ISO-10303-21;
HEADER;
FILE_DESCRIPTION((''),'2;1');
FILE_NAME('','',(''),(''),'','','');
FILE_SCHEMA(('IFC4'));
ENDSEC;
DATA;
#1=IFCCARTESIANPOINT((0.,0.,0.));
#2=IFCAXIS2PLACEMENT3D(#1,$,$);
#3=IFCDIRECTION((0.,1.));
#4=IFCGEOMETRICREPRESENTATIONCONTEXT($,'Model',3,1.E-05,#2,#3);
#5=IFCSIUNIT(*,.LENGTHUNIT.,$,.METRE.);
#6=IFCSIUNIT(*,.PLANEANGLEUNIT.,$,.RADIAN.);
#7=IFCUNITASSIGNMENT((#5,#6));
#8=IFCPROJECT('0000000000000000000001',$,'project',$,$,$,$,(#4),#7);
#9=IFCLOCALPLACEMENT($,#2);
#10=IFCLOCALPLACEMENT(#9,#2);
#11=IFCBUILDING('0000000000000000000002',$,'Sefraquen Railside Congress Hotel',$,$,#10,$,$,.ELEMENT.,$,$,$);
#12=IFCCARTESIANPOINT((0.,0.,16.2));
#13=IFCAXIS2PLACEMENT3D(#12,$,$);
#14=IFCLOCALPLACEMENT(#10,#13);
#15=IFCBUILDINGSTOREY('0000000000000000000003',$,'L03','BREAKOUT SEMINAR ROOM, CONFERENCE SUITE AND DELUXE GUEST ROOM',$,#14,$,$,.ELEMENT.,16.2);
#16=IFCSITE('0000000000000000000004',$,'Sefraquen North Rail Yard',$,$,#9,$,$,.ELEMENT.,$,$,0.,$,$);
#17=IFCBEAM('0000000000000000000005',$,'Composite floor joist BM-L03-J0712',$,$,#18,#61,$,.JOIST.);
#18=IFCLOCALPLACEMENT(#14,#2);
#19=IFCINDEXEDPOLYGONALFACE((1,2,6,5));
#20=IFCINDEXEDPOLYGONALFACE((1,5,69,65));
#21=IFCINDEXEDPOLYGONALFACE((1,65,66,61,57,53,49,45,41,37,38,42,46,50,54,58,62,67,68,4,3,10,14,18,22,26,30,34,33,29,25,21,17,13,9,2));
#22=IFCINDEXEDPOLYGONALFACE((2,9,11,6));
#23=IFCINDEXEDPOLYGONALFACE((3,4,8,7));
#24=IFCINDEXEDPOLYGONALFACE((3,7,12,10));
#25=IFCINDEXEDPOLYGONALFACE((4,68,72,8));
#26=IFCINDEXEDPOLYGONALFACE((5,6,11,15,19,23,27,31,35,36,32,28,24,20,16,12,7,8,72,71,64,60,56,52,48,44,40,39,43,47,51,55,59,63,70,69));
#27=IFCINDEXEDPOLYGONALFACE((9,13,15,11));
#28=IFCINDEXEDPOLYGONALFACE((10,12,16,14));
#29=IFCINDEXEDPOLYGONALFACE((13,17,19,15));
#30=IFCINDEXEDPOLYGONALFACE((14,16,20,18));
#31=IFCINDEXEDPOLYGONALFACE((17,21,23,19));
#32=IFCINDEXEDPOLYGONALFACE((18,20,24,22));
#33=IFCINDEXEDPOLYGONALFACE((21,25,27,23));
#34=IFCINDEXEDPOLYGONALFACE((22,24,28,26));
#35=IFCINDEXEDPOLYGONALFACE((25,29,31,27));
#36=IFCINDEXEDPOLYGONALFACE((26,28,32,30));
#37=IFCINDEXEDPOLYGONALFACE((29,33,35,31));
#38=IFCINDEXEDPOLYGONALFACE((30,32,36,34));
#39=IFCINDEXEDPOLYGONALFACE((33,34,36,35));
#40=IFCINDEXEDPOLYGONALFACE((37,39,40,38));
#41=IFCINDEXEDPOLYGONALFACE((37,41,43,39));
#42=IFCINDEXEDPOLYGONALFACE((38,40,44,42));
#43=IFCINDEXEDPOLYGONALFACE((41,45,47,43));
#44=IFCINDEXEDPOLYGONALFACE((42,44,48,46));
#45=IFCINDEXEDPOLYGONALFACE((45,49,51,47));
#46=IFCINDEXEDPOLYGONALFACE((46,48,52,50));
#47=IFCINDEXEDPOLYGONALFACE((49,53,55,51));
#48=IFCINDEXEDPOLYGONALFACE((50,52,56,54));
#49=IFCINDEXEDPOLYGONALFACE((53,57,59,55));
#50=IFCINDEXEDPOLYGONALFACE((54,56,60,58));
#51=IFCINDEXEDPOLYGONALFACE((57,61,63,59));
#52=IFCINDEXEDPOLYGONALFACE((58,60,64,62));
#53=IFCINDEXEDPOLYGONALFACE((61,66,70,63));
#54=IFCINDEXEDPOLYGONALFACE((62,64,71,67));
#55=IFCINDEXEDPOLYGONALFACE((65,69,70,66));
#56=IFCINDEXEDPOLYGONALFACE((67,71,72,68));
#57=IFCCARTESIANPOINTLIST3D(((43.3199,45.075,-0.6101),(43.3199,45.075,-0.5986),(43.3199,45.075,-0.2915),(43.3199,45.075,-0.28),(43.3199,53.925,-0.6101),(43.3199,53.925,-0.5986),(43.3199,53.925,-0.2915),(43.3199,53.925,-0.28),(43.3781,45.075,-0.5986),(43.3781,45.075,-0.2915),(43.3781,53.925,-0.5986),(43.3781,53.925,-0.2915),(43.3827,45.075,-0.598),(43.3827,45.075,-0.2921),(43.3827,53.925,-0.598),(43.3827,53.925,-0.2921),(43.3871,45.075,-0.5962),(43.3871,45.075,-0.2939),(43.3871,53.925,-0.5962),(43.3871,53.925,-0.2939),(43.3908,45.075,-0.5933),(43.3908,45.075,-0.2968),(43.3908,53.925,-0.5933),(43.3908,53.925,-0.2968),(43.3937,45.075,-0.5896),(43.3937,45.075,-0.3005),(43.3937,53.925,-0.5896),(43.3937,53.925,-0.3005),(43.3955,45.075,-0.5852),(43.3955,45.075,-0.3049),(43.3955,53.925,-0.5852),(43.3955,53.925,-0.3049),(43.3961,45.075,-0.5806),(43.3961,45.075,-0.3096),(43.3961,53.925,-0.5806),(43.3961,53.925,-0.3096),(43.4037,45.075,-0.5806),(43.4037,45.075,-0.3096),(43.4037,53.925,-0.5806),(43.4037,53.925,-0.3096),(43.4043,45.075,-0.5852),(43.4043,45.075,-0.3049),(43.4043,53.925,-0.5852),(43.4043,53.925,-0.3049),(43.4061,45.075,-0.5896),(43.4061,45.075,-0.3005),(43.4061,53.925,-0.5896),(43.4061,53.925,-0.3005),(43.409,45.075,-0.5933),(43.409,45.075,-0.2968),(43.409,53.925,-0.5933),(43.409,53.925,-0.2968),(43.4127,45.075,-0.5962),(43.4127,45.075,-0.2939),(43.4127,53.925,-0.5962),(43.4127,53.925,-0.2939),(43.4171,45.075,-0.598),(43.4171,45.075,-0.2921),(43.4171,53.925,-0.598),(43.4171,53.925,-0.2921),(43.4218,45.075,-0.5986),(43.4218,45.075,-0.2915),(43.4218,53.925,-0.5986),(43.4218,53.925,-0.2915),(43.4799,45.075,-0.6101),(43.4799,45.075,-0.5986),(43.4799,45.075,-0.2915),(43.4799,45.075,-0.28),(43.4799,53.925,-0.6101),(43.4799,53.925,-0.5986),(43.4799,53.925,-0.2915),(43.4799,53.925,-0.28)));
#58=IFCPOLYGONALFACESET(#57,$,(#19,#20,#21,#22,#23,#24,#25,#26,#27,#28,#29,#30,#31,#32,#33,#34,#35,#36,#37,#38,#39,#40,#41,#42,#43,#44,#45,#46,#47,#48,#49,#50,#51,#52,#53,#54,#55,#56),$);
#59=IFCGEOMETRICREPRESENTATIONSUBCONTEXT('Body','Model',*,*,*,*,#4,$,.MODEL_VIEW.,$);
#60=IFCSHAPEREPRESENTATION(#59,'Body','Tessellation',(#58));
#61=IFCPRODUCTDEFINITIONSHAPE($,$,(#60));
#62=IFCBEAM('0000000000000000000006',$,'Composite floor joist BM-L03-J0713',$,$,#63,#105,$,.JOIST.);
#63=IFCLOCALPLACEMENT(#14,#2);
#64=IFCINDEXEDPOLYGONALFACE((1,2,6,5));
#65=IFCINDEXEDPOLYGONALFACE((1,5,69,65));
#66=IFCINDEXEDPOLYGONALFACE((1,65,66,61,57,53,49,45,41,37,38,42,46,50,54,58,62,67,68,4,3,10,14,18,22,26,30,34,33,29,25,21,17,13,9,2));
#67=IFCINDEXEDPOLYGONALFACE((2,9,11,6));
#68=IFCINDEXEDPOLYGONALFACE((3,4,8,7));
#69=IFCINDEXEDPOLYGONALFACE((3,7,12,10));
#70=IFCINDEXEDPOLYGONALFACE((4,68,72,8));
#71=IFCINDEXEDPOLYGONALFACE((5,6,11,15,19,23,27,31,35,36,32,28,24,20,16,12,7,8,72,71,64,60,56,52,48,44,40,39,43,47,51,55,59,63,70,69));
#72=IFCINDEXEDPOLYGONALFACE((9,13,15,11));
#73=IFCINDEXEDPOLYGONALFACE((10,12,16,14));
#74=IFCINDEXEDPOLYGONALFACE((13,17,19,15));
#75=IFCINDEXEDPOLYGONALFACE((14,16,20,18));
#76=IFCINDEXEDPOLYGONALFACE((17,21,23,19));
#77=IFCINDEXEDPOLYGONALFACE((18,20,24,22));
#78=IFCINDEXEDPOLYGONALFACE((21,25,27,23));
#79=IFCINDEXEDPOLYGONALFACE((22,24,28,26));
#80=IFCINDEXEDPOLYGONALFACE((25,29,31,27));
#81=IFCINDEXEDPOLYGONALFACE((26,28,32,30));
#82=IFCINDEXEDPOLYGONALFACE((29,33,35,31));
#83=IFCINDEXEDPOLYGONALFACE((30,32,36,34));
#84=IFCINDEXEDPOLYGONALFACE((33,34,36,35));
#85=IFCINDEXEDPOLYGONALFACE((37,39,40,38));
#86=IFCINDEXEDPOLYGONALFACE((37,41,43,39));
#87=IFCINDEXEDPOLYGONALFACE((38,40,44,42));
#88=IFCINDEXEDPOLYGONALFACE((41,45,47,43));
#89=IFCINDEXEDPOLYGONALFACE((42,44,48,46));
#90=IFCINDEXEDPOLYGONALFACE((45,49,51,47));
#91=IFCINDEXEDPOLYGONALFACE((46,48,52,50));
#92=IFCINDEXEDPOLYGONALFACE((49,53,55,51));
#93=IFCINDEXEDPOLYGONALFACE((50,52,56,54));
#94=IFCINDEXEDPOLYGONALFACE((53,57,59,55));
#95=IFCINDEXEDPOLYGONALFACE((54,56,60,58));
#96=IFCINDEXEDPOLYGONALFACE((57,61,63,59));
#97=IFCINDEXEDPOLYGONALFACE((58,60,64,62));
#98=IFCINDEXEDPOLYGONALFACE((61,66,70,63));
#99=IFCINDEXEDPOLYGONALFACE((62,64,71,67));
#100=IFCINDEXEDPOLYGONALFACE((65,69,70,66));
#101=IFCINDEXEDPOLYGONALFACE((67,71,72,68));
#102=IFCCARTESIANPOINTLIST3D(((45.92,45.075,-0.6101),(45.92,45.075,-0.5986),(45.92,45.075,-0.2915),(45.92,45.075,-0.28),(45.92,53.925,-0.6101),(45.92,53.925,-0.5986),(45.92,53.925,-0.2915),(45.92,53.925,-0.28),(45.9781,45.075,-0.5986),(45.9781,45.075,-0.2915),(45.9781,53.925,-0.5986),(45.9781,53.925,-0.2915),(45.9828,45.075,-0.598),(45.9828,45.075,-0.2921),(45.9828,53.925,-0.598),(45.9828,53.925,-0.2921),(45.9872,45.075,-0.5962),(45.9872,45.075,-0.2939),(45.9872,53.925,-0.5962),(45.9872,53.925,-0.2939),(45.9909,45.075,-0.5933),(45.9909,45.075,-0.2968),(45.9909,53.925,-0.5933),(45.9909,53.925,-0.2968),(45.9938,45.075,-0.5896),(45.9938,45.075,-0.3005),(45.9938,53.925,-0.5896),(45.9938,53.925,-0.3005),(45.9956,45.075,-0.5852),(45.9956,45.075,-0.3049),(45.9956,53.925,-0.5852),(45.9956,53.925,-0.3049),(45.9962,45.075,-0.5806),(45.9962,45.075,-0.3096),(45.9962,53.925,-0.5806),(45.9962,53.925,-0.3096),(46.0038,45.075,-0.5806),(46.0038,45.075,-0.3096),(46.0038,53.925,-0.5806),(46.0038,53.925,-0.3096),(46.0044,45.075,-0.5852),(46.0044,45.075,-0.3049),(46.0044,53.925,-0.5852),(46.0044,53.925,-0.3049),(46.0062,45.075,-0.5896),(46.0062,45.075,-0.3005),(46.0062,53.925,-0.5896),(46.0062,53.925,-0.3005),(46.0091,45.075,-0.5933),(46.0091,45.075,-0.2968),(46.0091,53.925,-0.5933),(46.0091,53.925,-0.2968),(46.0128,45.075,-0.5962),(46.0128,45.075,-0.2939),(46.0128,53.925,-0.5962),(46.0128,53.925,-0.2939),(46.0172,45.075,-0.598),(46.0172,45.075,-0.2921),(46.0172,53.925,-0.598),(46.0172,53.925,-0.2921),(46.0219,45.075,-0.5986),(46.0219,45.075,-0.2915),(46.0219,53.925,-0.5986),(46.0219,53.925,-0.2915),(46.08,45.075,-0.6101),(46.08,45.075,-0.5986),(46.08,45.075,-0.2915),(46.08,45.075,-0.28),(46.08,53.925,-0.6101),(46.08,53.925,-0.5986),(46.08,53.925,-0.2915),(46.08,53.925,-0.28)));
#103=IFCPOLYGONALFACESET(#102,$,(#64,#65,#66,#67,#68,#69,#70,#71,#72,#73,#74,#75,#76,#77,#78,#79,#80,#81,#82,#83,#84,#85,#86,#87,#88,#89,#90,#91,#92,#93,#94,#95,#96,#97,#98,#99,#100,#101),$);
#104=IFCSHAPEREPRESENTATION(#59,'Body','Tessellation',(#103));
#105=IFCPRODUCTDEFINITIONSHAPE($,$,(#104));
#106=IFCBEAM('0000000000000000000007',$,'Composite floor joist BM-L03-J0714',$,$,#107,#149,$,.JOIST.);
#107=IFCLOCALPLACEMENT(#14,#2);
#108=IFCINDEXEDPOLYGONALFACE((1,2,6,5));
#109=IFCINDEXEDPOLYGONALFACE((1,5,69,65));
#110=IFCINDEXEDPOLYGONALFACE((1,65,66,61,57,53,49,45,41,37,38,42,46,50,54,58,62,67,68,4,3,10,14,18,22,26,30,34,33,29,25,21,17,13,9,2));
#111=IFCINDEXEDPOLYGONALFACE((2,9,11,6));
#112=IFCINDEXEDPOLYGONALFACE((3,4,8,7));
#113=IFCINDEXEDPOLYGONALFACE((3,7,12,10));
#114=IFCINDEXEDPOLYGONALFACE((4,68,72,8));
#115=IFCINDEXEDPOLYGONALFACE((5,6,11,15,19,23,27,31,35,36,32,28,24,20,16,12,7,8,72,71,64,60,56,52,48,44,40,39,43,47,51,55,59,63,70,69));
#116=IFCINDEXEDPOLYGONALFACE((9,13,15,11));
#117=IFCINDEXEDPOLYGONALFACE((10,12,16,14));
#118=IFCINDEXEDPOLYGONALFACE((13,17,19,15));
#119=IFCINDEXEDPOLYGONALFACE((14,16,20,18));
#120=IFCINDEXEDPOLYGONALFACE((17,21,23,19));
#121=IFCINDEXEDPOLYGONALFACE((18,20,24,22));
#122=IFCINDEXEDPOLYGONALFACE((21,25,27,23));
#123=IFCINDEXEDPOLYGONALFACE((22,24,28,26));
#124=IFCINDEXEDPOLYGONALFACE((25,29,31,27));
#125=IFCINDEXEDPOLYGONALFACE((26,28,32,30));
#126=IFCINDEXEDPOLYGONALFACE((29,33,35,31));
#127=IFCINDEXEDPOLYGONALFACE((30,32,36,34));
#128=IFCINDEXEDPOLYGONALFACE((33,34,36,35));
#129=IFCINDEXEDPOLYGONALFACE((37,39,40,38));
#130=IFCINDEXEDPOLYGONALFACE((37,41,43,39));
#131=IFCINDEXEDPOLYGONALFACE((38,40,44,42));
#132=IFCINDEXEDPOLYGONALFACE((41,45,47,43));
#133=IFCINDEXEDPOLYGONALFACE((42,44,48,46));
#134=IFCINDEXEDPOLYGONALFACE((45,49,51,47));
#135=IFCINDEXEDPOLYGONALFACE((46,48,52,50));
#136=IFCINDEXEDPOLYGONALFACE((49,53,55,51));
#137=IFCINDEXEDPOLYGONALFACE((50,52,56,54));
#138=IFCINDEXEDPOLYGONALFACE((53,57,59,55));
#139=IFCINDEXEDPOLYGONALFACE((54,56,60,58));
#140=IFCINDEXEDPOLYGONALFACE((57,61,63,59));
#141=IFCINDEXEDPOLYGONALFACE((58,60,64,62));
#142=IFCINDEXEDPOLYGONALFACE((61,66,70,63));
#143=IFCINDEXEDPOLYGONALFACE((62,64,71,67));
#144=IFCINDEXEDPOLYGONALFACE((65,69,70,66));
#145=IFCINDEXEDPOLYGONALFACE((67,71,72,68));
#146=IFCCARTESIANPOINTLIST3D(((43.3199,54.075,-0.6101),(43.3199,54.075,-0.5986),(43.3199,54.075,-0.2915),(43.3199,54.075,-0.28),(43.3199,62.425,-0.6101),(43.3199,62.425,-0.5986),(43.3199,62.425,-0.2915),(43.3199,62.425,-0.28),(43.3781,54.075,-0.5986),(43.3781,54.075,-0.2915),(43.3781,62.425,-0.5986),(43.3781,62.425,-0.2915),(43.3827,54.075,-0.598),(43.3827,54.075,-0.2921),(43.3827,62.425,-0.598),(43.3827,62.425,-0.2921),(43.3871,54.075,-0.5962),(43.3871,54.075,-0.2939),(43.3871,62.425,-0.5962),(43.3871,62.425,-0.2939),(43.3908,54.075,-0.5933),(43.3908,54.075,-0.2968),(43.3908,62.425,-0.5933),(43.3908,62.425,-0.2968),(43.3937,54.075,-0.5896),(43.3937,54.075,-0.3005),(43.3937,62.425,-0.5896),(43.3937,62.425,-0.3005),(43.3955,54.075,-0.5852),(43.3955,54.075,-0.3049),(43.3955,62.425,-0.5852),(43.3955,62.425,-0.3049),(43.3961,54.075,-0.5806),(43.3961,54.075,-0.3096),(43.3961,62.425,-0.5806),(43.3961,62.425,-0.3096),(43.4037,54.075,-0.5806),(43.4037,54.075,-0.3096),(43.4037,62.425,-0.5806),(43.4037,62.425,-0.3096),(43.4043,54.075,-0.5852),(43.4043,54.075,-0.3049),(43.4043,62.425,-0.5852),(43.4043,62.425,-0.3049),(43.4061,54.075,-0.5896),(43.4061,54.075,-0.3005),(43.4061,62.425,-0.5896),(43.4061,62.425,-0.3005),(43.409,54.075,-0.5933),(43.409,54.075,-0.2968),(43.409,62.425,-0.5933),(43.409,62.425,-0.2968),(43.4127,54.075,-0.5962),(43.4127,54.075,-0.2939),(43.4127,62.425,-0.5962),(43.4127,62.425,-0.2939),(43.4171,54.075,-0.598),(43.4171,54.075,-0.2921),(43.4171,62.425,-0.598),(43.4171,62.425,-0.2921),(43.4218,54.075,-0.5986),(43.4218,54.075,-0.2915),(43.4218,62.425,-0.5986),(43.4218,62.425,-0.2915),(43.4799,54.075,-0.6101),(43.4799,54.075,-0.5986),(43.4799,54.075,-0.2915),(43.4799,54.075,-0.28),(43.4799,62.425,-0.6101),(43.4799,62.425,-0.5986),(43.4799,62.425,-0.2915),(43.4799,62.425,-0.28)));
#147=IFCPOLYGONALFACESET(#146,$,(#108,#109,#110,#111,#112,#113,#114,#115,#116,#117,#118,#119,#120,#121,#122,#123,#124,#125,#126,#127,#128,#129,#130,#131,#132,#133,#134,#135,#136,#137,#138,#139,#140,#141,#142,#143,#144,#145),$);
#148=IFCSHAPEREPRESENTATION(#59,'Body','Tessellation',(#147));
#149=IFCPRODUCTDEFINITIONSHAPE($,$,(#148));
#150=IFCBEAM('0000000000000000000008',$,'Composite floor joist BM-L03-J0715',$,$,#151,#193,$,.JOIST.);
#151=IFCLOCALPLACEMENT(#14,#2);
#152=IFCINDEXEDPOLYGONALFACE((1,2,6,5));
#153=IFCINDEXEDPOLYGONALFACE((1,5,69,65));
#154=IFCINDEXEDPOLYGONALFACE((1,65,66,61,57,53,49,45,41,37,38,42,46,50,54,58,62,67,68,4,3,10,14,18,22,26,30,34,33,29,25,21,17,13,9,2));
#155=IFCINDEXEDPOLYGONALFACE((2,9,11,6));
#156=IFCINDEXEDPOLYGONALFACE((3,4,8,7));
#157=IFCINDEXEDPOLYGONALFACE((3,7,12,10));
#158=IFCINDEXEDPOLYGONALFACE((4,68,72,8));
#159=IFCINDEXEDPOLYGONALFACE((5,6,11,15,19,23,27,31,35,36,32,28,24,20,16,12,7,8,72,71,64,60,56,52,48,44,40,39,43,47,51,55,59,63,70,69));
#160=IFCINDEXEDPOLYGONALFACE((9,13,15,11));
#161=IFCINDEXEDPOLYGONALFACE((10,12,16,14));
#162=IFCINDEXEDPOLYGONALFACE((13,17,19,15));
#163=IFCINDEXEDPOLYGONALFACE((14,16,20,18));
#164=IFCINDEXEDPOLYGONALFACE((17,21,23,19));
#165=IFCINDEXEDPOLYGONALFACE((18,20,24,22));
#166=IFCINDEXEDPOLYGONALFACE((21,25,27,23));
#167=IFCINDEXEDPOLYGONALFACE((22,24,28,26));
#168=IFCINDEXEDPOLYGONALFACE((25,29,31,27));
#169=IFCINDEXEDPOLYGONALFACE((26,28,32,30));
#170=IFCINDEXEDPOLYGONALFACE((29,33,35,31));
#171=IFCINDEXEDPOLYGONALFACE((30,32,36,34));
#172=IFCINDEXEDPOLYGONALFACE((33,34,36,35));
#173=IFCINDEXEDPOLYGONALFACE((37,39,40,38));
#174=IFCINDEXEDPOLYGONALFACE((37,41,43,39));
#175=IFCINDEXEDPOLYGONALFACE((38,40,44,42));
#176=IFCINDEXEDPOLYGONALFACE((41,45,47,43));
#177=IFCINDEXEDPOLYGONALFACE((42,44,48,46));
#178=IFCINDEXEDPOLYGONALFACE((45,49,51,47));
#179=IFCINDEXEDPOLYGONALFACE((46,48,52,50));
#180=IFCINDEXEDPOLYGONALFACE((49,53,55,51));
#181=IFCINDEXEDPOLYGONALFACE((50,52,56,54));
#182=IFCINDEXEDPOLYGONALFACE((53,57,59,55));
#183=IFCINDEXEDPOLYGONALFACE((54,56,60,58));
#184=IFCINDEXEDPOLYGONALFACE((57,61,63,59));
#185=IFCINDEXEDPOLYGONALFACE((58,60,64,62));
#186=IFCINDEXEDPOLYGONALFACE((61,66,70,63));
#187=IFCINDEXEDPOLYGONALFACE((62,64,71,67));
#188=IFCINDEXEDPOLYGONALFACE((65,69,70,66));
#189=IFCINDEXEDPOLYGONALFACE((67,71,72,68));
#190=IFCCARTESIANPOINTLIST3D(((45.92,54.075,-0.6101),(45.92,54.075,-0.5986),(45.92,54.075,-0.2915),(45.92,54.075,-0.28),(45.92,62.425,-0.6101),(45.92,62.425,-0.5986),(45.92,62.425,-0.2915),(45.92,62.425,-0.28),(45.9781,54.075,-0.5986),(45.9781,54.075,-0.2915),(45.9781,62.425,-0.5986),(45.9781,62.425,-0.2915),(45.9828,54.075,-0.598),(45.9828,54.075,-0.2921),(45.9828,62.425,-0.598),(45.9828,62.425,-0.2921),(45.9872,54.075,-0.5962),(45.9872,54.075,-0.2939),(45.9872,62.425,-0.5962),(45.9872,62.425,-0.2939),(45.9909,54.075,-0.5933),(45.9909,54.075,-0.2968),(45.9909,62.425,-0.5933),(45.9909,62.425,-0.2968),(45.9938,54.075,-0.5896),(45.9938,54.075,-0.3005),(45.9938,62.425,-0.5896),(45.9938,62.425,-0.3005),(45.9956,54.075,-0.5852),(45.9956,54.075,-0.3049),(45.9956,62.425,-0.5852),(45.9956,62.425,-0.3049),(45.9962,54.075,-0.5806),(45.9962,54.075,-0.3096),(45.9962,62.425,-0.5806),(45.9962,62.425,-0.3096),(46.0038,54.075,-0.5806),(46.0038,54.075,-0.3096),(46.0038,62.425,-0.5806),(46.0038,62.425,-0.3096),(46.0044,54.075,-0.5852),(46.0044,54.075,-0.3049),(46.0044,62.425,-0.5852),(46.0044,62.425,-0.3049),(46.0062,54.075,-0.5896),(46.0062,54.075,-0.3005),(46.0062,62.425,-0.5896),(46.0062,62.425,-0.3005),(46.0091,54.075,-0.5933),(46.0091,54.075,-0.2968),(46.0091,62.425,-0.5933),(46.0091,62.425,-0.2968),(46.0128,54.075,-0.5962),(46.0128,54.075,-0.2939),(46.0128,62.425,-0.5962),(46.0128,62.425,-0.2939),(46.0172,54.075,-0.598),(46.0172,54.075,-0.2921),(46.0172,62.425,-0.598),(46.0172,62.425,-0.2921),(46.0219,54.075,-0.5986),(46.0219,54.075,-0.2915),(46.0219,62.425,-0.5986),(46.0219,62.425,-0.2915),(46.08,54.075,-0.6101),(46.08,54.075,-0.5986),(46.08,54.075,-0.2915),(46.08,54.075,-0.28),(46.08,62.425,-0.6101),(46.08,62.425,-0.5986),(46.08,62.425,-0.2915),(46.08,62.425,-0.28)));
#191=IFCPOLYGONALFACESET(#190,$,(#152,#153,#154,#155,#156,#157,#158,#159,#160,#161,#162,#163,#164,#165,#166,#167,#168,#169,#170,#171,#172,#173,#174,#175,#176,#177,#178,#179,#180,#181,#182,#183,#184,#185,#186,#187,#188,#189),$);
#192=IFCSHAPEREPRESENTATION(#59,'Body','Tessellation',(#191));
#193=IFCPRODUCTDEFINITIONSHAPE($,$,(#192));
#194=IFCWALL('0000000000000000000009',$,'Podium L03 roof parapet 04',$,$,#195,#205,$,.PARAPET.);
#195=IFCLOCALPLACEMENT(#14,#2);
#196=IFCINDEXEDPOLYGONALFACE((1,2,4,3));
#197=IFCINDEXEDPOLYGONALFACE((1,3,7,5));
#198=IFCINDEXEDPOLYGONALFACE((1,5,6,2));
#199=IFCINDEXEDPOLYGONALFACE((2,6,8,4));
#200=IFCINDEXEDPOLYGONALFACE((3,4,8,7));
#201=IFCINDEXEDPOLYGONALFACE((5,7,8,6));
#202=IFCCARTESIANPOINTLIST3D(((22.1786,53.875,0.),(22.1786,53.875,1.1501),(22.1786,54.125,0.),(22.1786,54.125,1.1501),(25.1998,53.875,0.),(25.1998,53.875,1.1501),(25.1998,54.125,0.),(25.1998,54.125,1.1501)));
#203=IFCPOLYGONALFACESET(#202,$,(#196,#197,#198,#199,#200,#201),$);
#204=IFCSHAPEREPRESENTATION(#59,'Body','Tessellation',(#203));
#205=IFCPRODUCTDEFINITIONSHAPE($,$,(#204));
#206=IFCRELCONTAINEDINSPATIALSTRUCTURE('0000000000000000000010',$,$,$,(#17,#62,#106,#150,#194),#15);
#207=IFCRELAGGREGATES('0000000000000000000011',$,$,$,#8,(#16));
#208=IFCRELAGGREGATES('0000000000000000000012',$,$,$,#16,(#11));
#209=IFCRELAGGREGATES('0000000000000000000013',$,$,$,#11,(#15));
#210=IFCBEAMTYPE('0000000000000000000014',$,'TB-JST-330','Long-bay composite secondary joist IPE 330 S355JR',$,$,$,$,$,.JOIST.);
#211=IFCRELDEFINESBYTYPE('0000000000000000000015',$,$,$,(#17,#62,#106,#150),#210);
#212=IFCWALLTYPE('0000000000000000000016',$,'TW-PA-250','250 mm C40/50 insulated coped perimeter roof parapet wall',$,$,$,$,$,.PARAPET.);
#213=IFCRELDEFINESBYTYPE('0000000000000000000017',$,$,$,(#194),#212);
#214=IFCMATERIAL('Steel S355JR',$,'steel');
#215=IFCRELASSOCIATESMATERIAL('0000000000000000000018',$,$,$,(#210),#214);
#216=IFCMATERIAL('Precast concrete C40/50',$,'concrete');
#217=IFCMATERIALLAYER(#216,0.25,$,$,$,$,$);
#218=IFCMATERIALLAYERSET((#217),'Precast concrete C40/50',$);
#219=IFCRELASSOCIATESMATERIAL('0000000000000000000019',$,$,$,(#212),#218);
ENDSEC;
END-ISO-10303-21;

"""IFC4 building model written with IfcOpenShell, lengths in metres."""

from ifc_helpers import new_model, si_unit, direction, frame, frame_2d, origin, origin_2d, place, context, subcontext, project, spatial, rectangle, i_section, extrude, material, layer, layer_set, material_profile, profile_set, type_object, element, save


model = new_model("IFC4")

# Units and contexts
model_context = context("Model", 3, precision=1e-05, world=origin(), true_north=direction((0.0, 1.0)))
body_context = subcontext(model_context, "Body", "Model", "MODEL_VIEW")
ifc_project = project(units=[si_unit("LENGTHUNIT", "METRE"), si_unit("PLANEANGLEUNIT", "RADIAN")], contexts=[model_context])

# Site, building, storey
site_placement = place(None, origin())
site = spatial("IfcSite", under=ifc_project, at=site_placement, Name="Sefraquen North Rail Yard", CompositionType="ELEMENT", RefElevation=0.0)
building_placement = place(site_placement, origin())
building = spatial("IfcBuilding", under=site, at=building_placement, Name="Sefraquen Railside Congress Hotel", CompositionType="ELEMENT")
storey_placement = place(building_placement, frame((0.0, 0.0, 16.2)))
storey = spatial("IfcBuildingStorey", under=building, at=storey_placement, Name="L03", Description="BREAKOUT SEMINAR ROOM, CONFERENCE SUITE AND DELUXE GUEST ROOM", CompositionType="ELEMENT", Elevation=16.2)

# Beams
ifc_material_1 = material(Name="Steel S355JR", Category="steel")
ifc_material_profile_1 = material_profile(ifc_material_1, i_section(OverallWidth=0.1599, OverallDepth=0.3301, WebThickness=0.0076, FlangeThickness=0.0115, FilletRadius=0.0181, at=origin_2d()), Name="IPE 330")
ifc_profile_set_1 = profile_set([ifc_material_profile_1], Name="Steel S355JR")
beam_type_1 = type_object("IfcBeamType", Name="TB-JST-330", Description="Long-bay composite secondary joist IPE 330 S355JR", PredefinedType="JOIST", material=ifc_profile_set_1)
for number, where, z_axis, x_axis, name in (
    (1, (43.3999, 45.075, -0.4451), (0.0, 1.0, 0.0), (-1.0, 0.0, 0.0), "Composite floor joist BM-L03-J0712"),
    (2, (46.0, 45.075, -0.4451), (0.0, 1.0, 0.0), (-1.0, 0.0, 0.0), "Composite floor joist BM-L03-J0713"),
):
    element("IfcBeam", number, at=place(storey_placement, frame(where, z_axis=z_axis, x_axis=x_axis)), inside=storey, type_object=beam_type_1, Name=name, PredefinedType="JOIST", context=body_context, shape_type="SweptSolid", body=[
        extrude(i_section(OverallWidth=0.1599, OverallDepth=0.3301, WebThickness=0.0076, FlangeThickness=0.0115, FilletRadius=0.0181, at=origin_2d()), origin(), (0.0, 0.0, 1.0), 8.8501),
    ])
for number, where, z_axis, x_axis, name in (
    (3, (43.3999, 54.075, -0.4451), (0.0, 1.0, 0.0), (-1.0, 0.0, 0.0), "Composite floor joist BM-L03-J0714"),
    (4, (46.0, 54.075, -0.4451), (0.0, 1.0, 0.0), (-1.0, 0.0, 0.0), "Composite floor joist BM-L03-J0715"),
):
    element("IfcBeam", number, at=place(storey_placement, frame(where, z_axis=z_axis, x_axis=x_axis)), inside=storey, type_object=beam_type_1, Name=name, PredefinedType="JOIST", context=body_context, shape_type="SweptSolid", body=[
        extrude(i_section(OverallWidth=0.1599, OverallDepth=0.3301, WebThickness=0.0076, FlangeThickness=0.0115, FilletRadius=0.0181, at=origin_2d()), origin(), (0.0, 0.0, 1.0), 8.3501),
    ])

# Wall
ifc_material_2 = material(Name="Precast concrete C40/50", Category="concrete")
ifc_layer_1 = layer(ifc_material_2, 0.25)
ifc_layer_set_1 = layer_set([ifc_layer_1], Name="Precast concrete C40/50")
wall_type = type_object("IfcWallType", Name="TW-PA-250", Description="250 mm C40/50 insulated coped perimeter roof parapet wall", PredefinedType="PARAPET", material=ifc_layer_set_1)
wall_1_placement = place(storey_placement, frame((25.2, 54.0, 0.0), z_axis=(0.0, 0.0, 1.0), x_axis=(-1.0, 0.0, 0.0)))
element("IfcWall", 5, at=wall_1_placement, inside=storey, type_object=wall_type, Name="Podium L03 roof parapet 04", PredefinedType="PARAPET", context=body_context, shape_type="SweptSolid", body=[
    extrude(rectangle(XDim=3.0212, YDim=0.25, at=frame_2d((1.5107, 0.0))), origin(), (0.0, 0.0, 1.0), 1.1501),
])

save(model, "model.ifc")
